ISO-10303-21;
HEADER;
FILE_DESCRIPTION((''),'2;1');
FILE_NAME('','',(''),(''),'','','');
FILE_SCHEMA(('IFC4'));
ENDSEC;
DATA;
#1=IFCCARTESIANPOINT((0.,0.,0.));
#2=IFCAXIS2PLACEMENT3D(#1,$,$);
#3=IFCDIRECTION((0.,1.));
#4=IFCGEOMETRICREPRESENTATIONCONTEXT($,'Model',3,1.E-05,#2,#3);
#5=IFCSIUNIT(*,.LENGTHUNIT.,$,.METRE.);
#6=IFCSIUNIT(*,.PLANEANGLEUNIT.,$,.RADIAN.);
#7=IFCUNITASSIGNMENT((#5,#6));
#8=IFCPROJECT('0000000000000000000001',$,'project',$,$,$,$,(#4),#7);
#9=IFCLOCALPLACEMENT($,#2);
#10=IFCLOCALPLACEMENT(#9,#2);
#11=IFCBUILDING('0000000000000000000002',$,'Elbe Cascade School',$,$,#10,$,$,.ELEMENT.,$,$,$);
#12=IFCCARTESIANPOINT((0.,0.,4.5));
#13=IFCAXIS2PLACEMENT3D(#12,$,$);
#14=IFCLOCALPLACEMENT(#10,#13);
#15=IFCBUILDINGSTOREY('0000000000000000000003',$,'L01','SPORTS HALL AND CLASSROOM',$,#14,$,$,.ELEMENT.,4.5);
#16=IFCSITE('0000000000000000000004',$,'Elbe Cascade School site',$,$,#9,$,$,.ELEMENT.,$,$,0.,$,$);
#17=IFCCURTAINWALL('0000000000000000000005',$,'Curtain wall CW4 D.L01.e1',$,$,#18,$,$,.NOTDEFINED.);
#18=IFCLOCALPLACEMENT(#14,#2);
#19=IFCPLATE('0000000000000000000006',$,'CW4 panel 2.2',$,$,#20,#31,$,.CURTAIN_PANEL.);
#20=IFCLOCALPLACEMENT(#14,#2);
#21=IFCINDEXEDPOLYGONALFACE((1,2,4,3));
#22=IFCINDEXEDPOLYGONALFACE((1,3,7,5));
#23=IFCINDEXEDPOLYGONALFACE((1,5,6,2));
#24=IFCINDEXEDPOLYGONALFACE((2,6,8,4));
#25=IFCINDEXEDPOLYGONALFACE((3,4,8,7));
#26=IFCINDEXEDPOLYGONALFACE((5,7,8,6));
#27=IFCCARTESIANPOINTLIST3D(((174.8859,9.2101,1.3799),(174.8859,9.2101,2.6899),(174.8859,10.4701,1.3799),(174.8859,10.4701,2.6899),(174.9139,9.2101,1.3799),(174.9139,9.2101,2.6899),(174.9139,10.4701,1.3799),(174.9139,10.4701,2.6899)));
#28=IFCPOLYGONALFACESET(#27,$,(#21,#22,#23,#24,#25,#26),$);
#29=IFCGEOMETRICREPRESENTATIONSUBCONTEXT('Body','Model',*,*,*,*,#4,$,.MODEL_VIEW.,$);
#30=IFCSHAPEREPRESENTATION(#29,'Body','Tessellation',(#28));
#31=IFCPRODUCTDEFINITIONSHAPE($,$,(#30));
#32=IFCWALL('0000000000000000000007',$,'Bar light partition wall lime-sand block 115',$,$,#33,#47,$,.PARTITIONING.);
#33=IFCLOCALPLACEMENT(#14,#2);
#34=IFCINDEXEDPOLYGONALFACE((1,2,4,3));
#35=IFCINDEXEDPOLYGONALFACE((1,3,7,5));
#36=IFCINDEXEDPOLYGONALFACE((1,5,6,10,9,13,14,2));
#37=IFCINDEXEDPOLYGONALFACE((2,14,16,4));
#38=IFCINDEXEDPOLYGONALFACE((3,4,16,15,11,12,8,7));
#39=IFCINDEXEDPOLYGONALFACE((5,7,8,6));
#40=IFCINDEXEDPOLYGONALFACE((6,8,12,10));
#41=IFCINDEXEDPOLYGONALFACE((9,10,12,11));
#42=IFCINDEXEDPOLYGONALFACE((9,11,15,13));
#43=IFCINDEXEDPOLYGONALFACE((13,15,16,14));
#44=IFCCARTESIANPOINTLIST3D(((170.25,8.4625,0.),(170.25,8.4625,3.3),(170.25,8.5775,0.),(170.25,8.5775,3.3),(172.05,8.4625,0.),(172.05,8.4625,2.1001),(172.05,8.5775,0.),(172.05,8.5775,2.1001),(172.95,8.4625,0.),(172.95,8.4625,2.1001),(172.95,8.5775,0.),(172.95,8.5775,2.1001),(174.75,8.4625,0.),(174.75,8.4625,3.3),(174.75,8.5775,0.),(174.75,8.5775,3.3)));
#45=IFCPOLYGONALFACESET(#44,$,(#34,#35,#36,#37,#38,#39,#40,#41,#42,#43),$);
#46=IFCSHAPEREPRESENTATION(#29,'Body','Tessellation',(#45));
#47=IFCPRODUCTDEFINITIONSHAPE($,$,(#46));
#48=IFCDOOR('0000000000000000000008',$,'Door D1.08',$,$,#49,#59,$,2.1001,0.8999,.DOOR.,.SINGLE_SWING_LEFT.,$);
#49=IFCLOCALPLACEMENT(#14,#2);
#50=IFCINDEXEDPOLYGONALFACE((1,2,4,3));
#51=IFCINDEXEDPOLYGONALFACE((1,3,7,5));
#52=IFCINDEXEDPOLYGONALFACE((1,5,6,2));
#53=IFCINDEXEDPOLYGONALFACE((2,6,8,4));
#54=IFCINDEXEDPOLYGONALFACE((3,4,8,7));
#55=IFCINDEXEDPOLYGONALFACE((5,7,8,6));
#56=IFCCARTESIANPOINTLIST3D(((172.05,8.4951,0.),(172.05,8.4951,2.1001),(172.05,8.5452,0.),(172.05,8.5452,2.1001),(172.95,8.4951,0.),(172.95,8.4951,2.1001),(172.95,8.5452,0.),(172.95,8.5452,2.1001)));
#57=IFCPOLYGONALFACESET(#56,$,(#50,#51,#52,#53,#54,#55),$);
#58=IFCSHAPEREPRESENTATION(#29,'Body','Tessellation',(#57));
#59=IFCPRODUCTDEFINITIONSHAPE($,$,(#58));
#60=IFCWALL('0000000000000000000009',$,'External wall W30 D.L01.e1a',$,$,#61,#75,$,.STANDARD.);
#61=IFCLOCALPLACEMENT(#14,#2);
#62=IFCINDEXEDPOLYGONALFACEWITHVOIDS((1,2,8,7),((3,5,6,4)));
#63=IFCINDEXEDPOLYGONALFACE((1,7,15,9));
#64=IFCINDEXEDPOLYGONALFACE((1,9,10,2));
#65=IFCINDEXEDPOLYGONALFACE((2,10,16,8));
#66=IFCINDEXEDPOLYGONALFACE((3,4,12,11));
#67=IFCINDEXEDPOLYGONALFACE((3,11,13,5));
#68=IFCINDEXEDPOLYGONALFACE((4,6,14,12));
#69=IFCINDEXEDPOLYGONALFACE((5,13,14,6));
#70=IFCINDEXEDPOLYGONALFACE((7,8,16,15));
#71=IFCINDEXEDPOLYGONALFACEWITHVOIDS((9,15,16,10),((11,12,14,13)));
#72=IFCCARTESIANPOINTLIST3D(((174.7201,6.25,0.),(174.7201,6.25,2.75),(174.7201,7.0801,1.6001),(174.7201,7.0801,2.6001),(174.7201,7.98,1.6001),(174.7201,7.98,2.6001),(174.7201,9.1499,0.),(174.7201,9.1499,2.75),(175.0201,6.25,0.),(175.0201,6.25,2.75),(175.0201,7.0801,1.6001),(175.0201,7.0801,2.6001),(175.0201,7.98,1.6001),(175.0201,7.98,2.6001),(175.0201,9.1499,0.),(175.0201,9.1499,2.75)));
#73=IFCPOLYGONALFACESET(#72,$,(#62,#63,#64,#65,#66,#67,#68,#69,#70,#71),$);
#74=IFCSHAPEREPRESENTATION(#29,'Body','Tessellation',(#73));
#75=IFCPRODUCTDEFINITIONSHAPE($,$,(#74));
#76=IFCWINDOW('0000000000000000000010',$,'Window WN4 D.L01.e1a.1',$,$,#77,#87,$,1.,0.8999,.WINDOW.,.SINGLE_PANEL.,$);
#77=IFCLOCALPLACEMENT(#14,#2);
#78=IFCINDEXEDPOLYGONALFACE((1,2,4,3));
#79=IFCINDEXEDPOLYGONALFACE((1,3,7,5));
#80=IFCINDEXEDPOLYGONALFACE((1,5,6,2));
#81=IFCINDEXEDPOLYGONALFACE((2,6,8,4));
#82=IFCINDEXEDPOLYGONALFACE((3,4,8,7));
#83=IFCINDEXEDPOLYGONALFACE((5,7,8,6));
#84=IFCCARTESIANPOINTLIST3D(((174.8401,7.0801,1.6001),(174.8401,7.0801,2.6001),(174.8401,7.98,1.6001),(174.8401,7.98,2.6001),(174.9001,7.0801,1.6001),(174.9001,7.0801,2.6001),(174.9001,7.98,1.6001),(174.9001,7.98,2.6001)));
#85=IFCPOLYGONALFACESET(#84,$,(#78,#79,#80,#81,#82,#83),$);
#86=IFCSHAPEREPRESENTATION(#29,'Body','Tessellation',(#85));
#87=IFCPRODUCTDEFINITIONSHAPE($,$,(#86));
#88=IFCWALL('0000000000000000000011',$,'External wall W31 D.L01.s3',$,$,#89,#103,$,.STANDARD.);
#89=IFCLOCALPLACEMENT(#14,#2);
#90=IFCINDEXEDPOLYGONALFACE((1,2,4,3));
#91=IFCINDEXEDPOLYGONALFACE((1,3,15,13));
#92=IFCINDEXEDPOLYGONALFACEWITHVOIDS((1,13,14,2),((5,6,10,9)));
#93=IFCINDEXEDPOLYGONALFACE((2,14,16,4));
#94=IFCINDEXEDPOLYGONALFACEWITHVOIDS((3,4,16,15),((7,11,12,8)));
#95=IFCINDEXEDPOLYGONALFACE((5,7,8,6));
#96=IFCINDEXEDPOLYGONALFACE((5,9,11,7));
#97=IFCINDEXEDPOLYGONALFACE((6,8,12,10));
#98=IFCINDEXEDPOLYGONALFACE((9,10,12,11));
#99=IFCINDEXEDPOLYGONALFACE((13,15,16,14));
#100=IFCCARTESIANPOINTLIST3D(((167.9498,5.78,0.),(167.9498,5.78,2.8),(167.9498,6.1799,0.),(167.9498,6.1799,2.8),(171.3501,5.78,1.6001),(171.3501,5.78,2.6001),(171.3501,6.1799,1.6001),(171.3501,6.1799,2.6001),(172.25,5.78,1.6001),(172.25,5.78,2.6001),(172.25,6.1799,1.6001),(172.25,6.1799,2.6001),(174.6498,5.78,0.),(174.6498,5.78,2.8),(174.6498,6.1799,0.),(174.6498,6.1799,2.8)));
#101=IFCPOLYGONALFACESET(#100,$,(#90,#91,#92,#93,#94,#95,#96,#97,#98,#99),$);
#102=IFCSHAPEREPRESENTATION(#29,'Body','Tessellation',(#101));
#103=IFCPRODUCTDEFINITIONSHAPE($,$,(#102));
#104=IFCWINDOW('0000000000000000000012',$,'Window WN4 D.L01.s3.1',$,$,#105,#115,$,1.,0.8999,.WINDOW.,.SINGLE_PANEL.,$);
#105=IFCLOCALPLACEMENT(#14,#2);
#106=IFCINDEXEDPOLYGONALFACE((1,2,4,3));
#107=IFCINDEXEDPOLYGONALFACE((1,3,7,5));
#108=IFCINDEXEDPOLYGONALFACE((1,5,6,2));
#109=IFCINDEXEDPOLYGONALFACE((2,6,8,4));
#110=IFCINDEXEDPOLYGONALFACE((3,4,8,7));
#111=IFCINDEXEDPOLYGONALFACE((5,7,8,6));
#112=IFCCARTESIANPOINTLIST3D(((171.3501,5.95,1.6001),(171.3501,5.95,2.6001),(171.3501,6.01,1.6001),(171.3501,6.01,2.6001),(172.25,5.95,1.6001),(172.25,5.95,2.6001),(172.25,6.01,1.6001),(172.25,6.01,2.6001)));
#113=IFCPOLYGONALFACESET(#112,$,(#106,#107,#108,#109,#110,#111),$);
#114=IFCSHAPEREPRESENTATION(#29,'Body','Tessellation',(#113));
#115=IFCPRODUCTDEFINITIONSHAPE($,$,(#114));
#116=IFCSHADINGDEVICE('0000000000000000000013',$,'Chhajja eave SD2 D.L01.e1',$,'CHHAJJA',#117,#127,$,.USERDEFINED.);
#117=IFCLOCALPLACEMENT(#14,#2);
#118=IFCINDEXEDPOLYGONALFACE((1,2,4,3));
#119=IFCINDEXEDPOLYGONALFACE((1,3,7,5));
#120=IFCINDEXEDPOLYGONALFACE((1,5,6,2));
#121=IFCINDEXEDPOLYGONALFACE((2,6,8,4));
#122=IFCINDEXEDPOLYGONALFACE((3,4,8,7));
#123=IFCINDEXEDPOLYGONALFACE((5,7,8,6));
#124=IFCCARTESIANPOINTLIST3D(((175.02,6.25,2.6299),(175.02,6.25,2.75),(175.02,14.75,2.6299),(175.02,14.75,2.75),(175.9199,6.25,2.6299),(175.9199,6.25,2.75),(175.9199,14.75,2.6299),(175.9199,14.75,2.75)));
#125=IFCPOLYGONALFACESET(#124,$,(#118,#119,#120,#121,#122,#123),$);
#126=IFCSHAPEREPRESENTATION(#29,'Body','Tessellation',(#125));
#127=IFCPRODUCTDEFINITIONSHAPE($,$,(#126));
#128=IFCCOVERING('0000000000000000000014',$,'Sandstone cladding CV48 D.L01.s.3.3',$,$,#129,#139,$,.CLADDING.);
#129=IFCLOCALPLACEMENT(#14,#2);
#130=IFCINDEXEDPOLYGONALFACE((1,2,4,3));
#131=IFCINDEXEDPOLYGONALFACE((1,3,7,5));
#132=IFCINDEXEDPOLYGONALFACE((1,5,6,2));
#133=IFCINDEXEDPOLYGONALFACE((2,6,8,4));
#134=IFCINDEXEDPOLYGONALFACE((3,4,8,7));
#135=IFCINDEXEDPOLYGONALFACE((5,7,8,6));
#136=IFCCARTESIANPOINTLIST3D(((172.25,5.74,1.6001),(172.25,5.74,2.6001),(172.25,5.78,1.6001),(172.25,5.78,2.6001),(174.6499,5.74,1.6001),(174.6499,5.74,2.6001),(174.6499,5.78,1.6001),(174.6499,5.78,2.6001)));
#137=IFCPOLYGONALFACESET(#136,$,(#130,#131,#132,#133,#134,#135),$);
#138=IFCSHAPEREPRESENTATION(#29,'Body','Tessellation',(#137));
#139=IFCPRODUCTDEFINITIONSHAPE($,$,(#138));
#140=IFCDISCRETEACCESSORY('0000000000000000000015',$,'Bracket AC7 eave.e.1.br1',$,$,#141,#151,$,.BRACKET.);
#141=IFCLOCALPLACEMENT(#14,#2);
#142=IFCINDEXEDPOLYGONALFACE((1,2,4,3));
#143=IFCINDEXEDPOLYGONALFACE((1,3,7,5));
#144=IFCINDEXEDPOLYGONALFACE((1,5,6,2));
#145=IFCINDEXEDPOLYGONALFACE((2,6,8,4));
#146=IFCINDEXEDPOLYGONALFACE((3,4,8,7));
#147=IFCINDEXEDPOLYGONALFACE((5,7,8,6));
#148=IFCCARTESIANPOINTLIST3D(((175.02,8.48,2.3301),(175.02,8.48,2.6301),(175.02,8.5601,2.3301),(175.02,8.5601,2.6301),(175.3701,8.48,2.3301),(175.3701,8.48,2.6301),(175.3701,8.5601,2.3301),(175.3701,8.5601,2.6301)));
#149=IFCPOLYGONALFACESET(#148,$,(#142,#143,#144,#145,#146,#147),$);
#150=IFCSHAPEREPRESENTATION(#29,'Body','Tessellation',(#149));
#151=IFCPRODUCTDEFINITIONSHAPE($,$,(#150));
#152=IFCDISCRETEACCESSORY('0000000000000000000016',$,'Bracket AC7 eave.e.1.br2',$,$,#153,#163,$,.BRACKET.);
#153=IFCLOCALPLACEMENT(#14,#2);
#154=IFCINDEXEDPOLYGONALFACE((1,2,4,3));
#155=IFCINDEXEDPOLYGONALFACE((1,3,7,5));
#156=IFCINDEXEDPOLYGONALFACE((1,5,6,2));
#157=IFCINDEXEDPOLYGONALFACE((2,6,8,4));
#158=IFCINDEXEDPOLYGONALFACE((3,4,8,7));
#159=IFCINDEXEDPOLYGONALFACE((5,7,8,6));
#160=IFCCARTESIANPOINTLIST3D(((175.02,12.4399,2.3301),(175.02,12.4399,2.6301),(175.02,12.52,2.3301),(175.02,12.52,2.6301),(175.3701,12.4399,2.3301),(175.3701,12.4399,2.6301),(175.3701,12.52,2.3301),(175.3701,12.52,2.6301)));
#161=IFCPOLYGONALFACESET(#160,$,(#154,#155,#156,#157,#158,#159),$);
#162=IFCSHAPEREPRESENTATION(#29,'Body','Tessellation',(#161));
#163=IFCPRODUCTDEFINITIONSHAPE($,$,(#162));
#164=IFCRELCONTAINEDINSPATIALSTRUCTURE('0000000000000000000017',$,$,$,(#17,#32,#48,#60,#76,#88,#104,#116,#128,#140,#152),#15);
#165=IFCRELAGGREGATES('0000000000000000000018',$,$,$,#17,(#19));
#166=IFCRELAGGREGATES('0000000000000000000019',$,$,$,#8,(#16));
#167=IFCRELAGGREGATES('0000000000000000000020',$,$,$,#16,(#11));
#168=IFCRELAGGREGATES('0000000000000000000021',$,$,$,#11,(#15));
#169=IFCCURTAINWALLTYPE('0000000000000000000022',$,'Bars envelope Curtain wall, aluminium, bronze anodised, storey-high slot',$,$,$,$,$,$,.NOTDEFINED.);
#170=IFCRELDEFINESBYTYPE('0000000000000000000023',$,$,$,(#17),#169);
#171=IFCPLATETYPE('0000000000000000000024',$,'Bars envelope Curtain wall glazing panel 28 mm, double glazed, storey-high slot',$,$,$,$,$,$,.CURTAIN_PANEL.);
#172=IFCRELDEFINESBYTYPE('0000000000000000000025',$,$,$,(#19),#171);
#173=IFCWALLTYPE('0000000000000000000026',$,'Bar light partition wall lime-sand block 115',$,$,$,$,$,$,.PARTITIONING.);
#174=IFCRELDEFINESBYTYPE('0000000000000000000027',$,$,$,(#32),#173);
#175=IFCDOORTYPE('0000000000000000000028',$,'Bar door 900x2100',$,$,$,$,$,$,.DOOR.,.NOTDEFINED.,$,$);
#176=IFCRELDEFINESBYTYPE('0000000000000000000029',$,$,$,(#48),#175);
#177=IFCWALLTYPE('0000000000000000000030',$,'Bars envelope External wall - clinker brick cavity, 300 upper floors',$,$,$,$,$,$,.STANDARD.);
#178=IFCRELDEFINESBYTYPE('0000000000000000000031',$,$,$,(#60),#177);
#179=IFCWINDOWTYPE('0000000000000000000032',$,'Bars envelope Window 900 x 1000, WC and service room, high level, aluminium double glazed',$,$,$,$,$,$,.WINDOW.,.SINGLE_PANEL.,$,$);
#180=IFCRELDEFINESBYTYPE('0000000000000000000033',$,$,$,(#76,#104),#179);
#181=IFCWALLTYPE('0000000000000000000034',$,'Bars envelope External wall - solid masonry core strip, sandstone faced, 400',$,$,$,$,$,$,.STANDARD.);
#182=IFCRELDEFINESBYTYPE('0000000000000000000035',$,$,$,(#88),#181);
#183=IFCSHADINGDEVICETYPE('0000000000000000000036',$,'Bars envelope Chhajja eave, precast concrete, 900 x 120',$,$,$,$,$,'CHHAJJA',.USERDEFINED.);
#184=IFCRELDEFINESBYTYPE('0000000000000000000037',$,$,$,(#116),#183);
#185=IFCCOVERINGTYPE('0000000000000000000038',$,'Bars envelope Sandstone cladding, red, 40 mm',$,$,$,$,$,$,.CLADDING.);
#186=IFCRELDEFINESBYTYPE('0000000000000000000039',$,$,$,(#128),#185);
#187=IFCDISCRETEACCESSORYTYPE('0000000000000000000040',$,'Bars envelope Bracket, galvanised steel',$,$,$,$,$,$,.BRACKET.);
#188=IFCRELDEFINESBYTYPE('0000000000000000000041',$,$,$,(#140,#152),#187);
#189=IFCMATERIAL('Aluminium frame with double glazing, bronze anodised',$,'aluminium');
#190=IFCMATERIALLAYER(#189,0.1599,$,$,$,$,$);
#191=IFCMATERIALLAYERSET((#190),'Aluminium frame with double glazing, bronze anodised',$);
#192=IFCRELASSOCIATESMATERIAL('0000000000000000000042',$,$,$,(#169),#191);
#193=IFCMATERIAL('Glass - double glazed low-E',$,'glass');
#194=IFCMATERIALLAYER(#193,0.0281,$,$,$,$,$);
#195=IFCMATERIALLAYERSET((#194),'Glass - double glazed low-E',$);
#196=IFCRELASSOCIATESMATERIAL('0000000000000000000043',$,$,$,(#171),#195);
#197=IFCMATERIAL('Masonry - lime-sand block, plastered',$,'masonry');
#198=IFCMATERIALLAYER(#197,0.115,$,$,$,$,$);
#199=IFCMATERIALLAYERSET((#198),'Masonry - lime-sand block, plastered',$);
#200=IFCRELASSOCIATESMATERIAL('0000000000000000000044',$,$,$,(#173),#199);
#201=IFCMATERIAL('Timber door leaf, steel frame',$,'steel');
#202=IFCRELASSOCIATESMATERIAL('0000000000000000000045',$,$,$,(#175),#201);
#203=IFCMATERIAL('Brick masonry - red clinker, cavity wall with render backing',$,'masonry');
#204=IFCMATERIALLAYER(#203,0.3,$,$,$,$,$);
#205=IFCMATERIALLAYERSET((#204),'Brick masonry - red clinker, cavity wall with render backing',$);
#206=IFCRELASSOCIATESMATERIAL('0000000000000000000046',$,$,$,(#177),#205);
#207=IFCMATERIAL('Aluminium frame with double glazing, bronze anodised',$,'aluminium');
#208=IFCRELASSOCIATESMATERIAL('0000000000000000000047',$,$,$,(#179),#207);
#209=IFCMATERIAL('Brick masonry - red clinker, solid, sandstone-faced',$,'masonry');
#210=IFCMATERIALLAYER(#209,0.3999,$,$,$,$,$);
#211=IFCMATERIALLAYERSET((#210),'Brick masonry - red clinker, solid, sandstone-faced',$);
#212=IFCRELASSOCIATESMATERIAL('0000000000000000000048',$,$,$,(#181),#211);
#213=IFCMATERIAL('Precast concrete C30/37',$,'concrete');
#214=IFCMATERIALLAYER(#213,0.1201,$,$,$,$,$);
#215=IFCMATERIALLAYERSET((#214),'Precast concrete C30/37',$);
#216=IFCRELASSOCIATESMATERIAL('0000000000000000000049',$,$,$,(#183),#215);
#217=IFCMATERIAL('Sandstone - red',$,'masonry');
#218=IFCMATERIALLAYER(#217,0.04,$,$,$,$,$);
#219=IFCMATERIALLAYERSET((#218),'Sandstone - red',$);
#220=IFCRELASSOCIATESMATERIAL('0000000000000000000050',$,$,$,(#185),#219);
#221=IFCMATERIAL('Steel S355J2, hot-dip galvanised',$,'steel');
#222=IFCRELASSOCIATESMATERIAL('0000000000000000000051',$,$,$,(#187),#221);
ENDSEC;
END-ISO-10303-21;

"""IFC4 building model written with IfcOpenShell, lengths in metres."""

from ifc_helpers import new_model, si_unit, direction, frame, frame_2d, origin, origin_2d, place, context, subcontext, project, spatial, rectangle, extrude, material, layer, layer_set, type_object, element, fill, aggregate, save


model = new_model("IFC4")

# Units and contexts
model_context = context("Model", 3, precision=1e-05, world=origin(), true_north=direction((0.0, 1.0)))
body_context = subcontext(model_context, "Body", "Model", "MODEL_VIEW")
ifc_project = project(units=[si_unit("LENGTHUNIT", "METRE"), si_unit("PLANEANGLEUNIT", "RADIAN")], contexts=[model_context])

# Site, building, storey
site_placement = place(None, origin())
site = spatial("IfcSite", under=ifc_project, at=site_placement, Name="Elbe Cascade School site", CompositionType="ELEMENT", RefElevation=0.0)
building_placement = place(site_placement, origin())
building = spatial("IfcBuilding", under=site, at=building_placement, Name="Elbe Cascade School", CompositionType="ELEMENT")
storey_placement = place(building_placement, frame((0.0, 0.0, 4.5)))
storey = spatial("IfcBuildingStorey", under=building, at=storey_placement, Name="L01", Description="SPORTS HALL AND CLASSROOM", CompositionType="ELEMENT", Elevation=4.5)

# Curtain wall
ifc_material_1 = material(Name="Aluminium frame with double glazing, bronze anodised", Category="aluminium")
ifc_layer_1 = layer(ifc_material_1, 0.1599)
ifc_layer_set_1 = layer_set([ifc_layer_1], Name="Aluminium frame with double glazing, bronze anodised")
curtain_wall_type = type_object("IfcCurtainWallType", Name="Bars envelope Curtain wall, aluminium, bronze anodised, storey-high slot", PredefinedType="NOTDEFINED", material=ifc_layer_set_1)
curtain_wall_placement = place(storey_placement, origin())
curtain_wall = element("IfcCurtainWall", 1, at=curtain_wall_placement, inside=storey, type_object=curtain_wall_type, Name="Curtain wall CW4 D.L01.e1", PredefinedType="NOTDEFINED")

# Plate
ifc_material_2 = material(Name="Glass - double glazed low-E", Category="glass")
ifc_layer_2 = layer(ifc_material_2, 0.0281)
ifc_layer_set_2 = layer_set([ifc_layer_2], Name="Glass - double glazed low-E")
plate_type = type_object("IfcPlateType", Name="Bars envelope Curtain wall glazing panel 28 mm, double glazed, storey-high slot", PredefinedType="CURTAIN_PANEL", material=ifc_layer_set_2)
plate_1_placement = place(storey_placement, frame((174.8999, 9.8401, 1.3799), z_axis=(0.0, 0.0, 1.0), x_axis=(0.0, -1.0, 0.0)))
plate_1 = element("IfcPlate", 2, at=plate_1_placement, type_object=plate_type, Name="CW4 panel 2.2", PredefinedType="CURTAIN_PANEL", context=body_context, shape_type="SweptSolid", body=[
    extrude(rectangle(XDim=1.26, YDim=0.0281, at=origin_2d()), origin(), (0.0, 0.0, 1.0), 1.3101),
])
aggregate(curtain_wall, [plate_1])

# Wall, opening, door
ifc_material_3 = material(Name="Masonry - lime-sand block, plastered", Category="masonry")
ifc_layer_3 = layer(ifc_material_3, 0.115)
ifc_layer_set_3 = layer_set([ifc_layer_3], Name="Masonry - lime-sand block, plastered")
wall_type_1 = type_object("IfcWallType", Name="Bar light partition wall lime-sand block 115", PredefinedType="PARTITIONING", material=ifc_layer_set_3)
wall_1_placement = place(storey_placement, frame((174.75, 8.52, 0.0), z_axis=(0.0, 0.0, 1.0), x_axis=(-1.0, 0.0, 0.0)))
wall_1 = element("IfcWall", 3, at=wall_1_placement, inside=storey, type_object=wall_type_1, Name="Bar light partition wall lime-sand block 115", PredefinedType="PARTITIONING", context=body_context, shape_type="SweptSolid", body=[
    extrude(rectangle(XDim=4.5, YDim=0.115, at=frame_2d((2.25, 0.0))), origin(), (0.0, 0.0, 1.0), 3.3),
])
opening_1_placement = place(wall_1_placement, frame((1.8, 0.0, 0.0)))
opening_1 = element("IfcOpeningElement", 4, at=opening_1_placement, cuts=wall_1, PredefinedType="OPENING", context=body_context, shape_type="SweptSolid", body=[
    extrude(rectangle(XDim=0.8999, YDim=2.1001, at=frame_2d((0.45, 1.05))), frame((0.0, 0.0674, 0.0), z_axis=(0.0, -1.0, 0.0), x_axis=(1.0, 0.0, 0.0)), (0.0, 0.0, 1.0), 0.135),
])
ifc_material_4 = material(Name="Timber door leaf, steel frame", Category="steel")
door_type = type_object("IfcDoorType", Name="Bar door 900x2100", OperationType="NOTDEFINED", PredefinedType="DOOR", material=ifc_material_4)
door_placement = place(opening_1_placement, origin())
door = element("IfcDoor", 5, at=door_placement, inside=storey, type_object=door_type, Name="Door D1.08", OperationType="SINGLE_SWING_LEFT", OverallHeight=2.1001, OverallWidth=0.8999, PredefinedType="DOOR", context=body_context, shape_type="SweptSolid", body=[
    extrude(rectangle(XDim=0.8999, YDim=2.1001, at=frame_2d((0.45, 1.05))), frame((0.0, 0.0249, 0.0), z_axis=(0.0, -1.0, 0.0), x_axis=(1.0, 0.0, 0.0)), (0.0, 0.0, 1.0), 0.05),
])
fill(opening_1, door)

# Walls, openings, windows
ifc_material_5 = material(Name="Brick masonry - red clinker, cavity wall with render backing", Category="masonry")
ifc_layer_4 = layer(ifc_material_5, 0.3)
ifc_layer_set_4 = layer_set([ifc_layer_4], Name="Brick masonry - red clinker, cavity wall with render backing")
wall_type_2 = type_object("IfcWallType", Name="Bars envelope External wall - clinker brick cavity, 300 upper floors", PredefinedType="STANDARD", material=ifc_layer_set_4)
wall_2_placement = place(storey_placement, frame((174.8701, 9.1499, 0.0), z_axis=(0.0, 0.0, 1.0), x_axis=(0.0, -1.0, 0.0)))
wall_2 = element("IfcWall", 6, at=wall_2_placement, inside=storey, type_object=wall_type_2, Name="External wall W30 D.L01.e1a", PredefinedType="STANDARD", context=body_context, shape_type="SweptSolid", body=[
    extrude(rectangle(XDim=2.8999, YDim=0.3, at=frame_2d((1.45, 0.0))), origin(), (0.0, 0.0, 1.0), 2.75),
])
opening_2_placement = place(wall_2_placement, frame((1.1699, 0.0, 1.6001)))
opening_2 = element("IfcOpeningElement", 7, at=opening_2_placement, cuts=wall_2, PredefinedType="OPENING", context=body_context, shape_type="SweptSolid", body=[
    extrude(rectangle(XDim=0.8999, YDim=1.0, at=frame_2d((0.45, 0.5))), frame((0.0, 0.1599, 0.0), z_axis=(0.0, -1.0, 0.0), x_axis=(1.0, 0.0, 0.0)), (0.0, 0.0, 1.0), 0.3201),
])
ifc_material_6 = material(Name="Aluminium frame with double glazing, bronze anodised", Category="aluminium")
window_type = type_object("IfcWindowType", Name="Bars envelope Window 900 x 1000, WC and service room, high level, aluminium double glazed", PartitioningType="SINGLE_PANEL", PredefinedType="WINDOW", material=ifc_material_6)
window_1_placement = place(opening_2_placement, origin())
window_1 = element("IfcWindow", 8, at=window_1_placement, inside=storey, type_object=window_type, Name="Window WN4 D.L01.e1a.1", OverallHeight=1.0, OverallWidth=0.8999, PartitioningType="SINGLE_PANEL", PredefinedType="WINDOW", context=body_context, shape_type="SweptSolid", body=[
    extrude(rectangle(XDim=0.8999, YDim=1.0, at=frame_2d((0.45, 0.5))), frame((0.0, 0.03, 0.0), z_axis=(0.0, -1.0, 0.0), x_axis=(1.0, 0.0, 0.0)), (0.0, 0.0, 1.0), 0.0601),
])
fill(opening_2, window_1)
ifc_material_7 = material(Name="Brick masonry - red clinker, solid, sandstone-faced", Category="masonry")
ifc_layer_5 = layer(ifc_material_7, 0.3999)
ifc_layer_set_5 = layer_set([ifc_layer_5], Name="Brick masonry - red clinker, solid, sandstone-faced")
wall_type_3 = type_object("IfcWallType", Name="Bars envelope External wall - solid masonry core strip, sandstone faced, 400", PredefinedType="STANDARD", material=ifc_layer_set_5)
wall_3_placement = place(storey_placement, frame((174.6499, 5.98, 0.0), z_axis=(0.0, 0.0, 1.0), x_axis=(-1.0, 0.0, 0.0)))
wall_3 = element("IfcWall", 9, at=wall_3_placement, inside=storey, type_object=wall_type_3, Name="External wall W31 D.L01.s3", PredefinedType="STANDARD", context=body_context, shape_type="SweptSolid", body=[
    extrude(rectangle(XDim=6.7, YDim=0.3999, at=frame_2d((3.3501, 0.0))), origin(), (0.0, 0.0, 1.0), 2.8),
])
opening_3_placement = place(wall_3_placement, frame((2.3999, 0.0, 1.6001)))
opening_3 = element("IfcOpeningElement", 10, at=opening_3_placement, cuts=wall_3, PredefinedType="OPENING", context=body_context, shape_type="SweptSolid", body=[
    extrude(rectangle(XDim=0.8999, YDim=1.0, at=frame_2d((0.45, 0.5))), frame((0.0, 0.21, 0.0), z_axis=(0.0, -1.0, 0.0), x_axis=(1.0, 0.0, 0.0)), (0.0, 0.0, 1.0), 0.4199),
])
window_2_placement = place(opening_3_placement, origin())
window_2 = element("IfcWindow", 11, at=window_2_placement, inside=storey, type_object=window_type, Name="Window WN4 D.L01.s3.1", OverallHeight=1.0, OverallWidth=0.8999, PartitioningType="SINGLE_PANEL", PredefinedType="WINDOW", context=body_context, shape_type="SweptSolid", body=[
    extrude(rectangle(XDim=0.8999, YDim=1.0, at=frame_2d((0.45, 0.5))), frame((0.0, 0.03, 0.0), z_axis=(0.0, -1.0, 0.0), x_axis=(1.0, 0.0, 0.0)), (0.0, 0.0, 1.0), 0.0601),
])
fill(opening_3, window_2)

# Shading device
ifc_material_8 = material(Name="Precast concrete C30/37", Category="concrete")
ifc_layer_6 = layer(ifc_material_8, 0.1201)
ifc_layer_set_6 = layer_set([ifc_layer_6], Name="Precast concrete C30/37")
shading_device_type = type_object("IfcShadingDeviceType", Name="Bars envelope Chhajja eave, precast concrete, 900 x 120", ElementType="CHHAJJA", PredefinedType="USERDEFINED", material=ifc_layer_set_6)
shading_device_placement = place(storey_placement, frame((175.47, 10.5, 2.6299), z_axis=(0.0, 0.0, 1.0), x_axis=(0.0, 1.0, 0.0)))
element("IfcShadingDevice", 12, at=shading_device_placement, inside=storey, type_object=shading_device_type, Name="Chhajja eave SD2 D.L01.e1", ObjectType="CHHAJJA", PredefinedType="USERDEFINED", context=body_context, shape_type="SweptSolid", body=[
    extrude(rectangle(XDim=8.5, YDim=0.8999, at=origin_2d()), origin(), (0.0, 0.0, 1.0), 0.1201),
])

# Covering
ifc_material_9 = material(Name="Sandstone - red", Category="masonry")
ifc_layer_7 = layer(ifc_material_9, 0.04)
ifc_layer_set_7 = layer_set([ifc_layer_7], Name="Sandstone - red")
covering_type = type_object("IfcCoveringType", Name="Bars envelope Sandstone cladding, red, 40 mm", PredefinedType="CLADDING", material=ifc_layer_set_7)
covering_placement = place(storey_placement, frame((173.45, 5.76, 1.6001), z_axis=(0.0, 0.0, 1.0), x_axis=(1.0, 0.0, 0.0)))
element("IfcCovering", 13, at=covering_placement, inside=storey, type_object=covering_type, Name="Sandstone cladding CV48 D.L01.s.3.3", PredefinedType="CLADDING", context=body_context, shape_type="SweptSolid", body=[
    extrude(rectangle(XDim=2.3999, YDim=0.04, at=origin_2d()), origin(), (0.0, 0.0, 1.0), 1.0),
])

# Discrete accessories
ifc_material_10 = material(Name="Steel S355J2, hot-dip galvanised", Category="steel")
discrete_accessory_type = type_object("IfcDiscreteAccessoryType", Name="Bars envelope Bracket, galvanised steel", PredefinedType="BRACKET", material=ifc_material_10)
for number, where, z_axis, x_axis, name in (
    (14, (175.1951, 8.52, 2.3301), (0.0, 0.0, 1.0), (0.0, 1.0, 0.0), "Bracket AC7 eave.e.1.br1"),
    (15, (175.1951, 12.48, 2.3301), (0.0, 0.0, 1.0), (0.0, 1.0, 0.0), "Bracket AC7 eave.e.1.br2"),
):
    element("IfcDiscreteAccessory", number, at=place(storey_placement, frame(where, z_axis=z_axis, x_axis=x_axis)), inside=storey, type_object=discrete_accessory_type, Name=name, PredefinedType="BRACKET", context=body_context, shape_type="SweptSolid", body=[
        extrude(rectangle(XDim=0.0801, YDim=0.3501, at=origin_2d()), origin(), (0.0, 0.0, 1.0), 0.3),
    ])

save(model, "model.ifc")
